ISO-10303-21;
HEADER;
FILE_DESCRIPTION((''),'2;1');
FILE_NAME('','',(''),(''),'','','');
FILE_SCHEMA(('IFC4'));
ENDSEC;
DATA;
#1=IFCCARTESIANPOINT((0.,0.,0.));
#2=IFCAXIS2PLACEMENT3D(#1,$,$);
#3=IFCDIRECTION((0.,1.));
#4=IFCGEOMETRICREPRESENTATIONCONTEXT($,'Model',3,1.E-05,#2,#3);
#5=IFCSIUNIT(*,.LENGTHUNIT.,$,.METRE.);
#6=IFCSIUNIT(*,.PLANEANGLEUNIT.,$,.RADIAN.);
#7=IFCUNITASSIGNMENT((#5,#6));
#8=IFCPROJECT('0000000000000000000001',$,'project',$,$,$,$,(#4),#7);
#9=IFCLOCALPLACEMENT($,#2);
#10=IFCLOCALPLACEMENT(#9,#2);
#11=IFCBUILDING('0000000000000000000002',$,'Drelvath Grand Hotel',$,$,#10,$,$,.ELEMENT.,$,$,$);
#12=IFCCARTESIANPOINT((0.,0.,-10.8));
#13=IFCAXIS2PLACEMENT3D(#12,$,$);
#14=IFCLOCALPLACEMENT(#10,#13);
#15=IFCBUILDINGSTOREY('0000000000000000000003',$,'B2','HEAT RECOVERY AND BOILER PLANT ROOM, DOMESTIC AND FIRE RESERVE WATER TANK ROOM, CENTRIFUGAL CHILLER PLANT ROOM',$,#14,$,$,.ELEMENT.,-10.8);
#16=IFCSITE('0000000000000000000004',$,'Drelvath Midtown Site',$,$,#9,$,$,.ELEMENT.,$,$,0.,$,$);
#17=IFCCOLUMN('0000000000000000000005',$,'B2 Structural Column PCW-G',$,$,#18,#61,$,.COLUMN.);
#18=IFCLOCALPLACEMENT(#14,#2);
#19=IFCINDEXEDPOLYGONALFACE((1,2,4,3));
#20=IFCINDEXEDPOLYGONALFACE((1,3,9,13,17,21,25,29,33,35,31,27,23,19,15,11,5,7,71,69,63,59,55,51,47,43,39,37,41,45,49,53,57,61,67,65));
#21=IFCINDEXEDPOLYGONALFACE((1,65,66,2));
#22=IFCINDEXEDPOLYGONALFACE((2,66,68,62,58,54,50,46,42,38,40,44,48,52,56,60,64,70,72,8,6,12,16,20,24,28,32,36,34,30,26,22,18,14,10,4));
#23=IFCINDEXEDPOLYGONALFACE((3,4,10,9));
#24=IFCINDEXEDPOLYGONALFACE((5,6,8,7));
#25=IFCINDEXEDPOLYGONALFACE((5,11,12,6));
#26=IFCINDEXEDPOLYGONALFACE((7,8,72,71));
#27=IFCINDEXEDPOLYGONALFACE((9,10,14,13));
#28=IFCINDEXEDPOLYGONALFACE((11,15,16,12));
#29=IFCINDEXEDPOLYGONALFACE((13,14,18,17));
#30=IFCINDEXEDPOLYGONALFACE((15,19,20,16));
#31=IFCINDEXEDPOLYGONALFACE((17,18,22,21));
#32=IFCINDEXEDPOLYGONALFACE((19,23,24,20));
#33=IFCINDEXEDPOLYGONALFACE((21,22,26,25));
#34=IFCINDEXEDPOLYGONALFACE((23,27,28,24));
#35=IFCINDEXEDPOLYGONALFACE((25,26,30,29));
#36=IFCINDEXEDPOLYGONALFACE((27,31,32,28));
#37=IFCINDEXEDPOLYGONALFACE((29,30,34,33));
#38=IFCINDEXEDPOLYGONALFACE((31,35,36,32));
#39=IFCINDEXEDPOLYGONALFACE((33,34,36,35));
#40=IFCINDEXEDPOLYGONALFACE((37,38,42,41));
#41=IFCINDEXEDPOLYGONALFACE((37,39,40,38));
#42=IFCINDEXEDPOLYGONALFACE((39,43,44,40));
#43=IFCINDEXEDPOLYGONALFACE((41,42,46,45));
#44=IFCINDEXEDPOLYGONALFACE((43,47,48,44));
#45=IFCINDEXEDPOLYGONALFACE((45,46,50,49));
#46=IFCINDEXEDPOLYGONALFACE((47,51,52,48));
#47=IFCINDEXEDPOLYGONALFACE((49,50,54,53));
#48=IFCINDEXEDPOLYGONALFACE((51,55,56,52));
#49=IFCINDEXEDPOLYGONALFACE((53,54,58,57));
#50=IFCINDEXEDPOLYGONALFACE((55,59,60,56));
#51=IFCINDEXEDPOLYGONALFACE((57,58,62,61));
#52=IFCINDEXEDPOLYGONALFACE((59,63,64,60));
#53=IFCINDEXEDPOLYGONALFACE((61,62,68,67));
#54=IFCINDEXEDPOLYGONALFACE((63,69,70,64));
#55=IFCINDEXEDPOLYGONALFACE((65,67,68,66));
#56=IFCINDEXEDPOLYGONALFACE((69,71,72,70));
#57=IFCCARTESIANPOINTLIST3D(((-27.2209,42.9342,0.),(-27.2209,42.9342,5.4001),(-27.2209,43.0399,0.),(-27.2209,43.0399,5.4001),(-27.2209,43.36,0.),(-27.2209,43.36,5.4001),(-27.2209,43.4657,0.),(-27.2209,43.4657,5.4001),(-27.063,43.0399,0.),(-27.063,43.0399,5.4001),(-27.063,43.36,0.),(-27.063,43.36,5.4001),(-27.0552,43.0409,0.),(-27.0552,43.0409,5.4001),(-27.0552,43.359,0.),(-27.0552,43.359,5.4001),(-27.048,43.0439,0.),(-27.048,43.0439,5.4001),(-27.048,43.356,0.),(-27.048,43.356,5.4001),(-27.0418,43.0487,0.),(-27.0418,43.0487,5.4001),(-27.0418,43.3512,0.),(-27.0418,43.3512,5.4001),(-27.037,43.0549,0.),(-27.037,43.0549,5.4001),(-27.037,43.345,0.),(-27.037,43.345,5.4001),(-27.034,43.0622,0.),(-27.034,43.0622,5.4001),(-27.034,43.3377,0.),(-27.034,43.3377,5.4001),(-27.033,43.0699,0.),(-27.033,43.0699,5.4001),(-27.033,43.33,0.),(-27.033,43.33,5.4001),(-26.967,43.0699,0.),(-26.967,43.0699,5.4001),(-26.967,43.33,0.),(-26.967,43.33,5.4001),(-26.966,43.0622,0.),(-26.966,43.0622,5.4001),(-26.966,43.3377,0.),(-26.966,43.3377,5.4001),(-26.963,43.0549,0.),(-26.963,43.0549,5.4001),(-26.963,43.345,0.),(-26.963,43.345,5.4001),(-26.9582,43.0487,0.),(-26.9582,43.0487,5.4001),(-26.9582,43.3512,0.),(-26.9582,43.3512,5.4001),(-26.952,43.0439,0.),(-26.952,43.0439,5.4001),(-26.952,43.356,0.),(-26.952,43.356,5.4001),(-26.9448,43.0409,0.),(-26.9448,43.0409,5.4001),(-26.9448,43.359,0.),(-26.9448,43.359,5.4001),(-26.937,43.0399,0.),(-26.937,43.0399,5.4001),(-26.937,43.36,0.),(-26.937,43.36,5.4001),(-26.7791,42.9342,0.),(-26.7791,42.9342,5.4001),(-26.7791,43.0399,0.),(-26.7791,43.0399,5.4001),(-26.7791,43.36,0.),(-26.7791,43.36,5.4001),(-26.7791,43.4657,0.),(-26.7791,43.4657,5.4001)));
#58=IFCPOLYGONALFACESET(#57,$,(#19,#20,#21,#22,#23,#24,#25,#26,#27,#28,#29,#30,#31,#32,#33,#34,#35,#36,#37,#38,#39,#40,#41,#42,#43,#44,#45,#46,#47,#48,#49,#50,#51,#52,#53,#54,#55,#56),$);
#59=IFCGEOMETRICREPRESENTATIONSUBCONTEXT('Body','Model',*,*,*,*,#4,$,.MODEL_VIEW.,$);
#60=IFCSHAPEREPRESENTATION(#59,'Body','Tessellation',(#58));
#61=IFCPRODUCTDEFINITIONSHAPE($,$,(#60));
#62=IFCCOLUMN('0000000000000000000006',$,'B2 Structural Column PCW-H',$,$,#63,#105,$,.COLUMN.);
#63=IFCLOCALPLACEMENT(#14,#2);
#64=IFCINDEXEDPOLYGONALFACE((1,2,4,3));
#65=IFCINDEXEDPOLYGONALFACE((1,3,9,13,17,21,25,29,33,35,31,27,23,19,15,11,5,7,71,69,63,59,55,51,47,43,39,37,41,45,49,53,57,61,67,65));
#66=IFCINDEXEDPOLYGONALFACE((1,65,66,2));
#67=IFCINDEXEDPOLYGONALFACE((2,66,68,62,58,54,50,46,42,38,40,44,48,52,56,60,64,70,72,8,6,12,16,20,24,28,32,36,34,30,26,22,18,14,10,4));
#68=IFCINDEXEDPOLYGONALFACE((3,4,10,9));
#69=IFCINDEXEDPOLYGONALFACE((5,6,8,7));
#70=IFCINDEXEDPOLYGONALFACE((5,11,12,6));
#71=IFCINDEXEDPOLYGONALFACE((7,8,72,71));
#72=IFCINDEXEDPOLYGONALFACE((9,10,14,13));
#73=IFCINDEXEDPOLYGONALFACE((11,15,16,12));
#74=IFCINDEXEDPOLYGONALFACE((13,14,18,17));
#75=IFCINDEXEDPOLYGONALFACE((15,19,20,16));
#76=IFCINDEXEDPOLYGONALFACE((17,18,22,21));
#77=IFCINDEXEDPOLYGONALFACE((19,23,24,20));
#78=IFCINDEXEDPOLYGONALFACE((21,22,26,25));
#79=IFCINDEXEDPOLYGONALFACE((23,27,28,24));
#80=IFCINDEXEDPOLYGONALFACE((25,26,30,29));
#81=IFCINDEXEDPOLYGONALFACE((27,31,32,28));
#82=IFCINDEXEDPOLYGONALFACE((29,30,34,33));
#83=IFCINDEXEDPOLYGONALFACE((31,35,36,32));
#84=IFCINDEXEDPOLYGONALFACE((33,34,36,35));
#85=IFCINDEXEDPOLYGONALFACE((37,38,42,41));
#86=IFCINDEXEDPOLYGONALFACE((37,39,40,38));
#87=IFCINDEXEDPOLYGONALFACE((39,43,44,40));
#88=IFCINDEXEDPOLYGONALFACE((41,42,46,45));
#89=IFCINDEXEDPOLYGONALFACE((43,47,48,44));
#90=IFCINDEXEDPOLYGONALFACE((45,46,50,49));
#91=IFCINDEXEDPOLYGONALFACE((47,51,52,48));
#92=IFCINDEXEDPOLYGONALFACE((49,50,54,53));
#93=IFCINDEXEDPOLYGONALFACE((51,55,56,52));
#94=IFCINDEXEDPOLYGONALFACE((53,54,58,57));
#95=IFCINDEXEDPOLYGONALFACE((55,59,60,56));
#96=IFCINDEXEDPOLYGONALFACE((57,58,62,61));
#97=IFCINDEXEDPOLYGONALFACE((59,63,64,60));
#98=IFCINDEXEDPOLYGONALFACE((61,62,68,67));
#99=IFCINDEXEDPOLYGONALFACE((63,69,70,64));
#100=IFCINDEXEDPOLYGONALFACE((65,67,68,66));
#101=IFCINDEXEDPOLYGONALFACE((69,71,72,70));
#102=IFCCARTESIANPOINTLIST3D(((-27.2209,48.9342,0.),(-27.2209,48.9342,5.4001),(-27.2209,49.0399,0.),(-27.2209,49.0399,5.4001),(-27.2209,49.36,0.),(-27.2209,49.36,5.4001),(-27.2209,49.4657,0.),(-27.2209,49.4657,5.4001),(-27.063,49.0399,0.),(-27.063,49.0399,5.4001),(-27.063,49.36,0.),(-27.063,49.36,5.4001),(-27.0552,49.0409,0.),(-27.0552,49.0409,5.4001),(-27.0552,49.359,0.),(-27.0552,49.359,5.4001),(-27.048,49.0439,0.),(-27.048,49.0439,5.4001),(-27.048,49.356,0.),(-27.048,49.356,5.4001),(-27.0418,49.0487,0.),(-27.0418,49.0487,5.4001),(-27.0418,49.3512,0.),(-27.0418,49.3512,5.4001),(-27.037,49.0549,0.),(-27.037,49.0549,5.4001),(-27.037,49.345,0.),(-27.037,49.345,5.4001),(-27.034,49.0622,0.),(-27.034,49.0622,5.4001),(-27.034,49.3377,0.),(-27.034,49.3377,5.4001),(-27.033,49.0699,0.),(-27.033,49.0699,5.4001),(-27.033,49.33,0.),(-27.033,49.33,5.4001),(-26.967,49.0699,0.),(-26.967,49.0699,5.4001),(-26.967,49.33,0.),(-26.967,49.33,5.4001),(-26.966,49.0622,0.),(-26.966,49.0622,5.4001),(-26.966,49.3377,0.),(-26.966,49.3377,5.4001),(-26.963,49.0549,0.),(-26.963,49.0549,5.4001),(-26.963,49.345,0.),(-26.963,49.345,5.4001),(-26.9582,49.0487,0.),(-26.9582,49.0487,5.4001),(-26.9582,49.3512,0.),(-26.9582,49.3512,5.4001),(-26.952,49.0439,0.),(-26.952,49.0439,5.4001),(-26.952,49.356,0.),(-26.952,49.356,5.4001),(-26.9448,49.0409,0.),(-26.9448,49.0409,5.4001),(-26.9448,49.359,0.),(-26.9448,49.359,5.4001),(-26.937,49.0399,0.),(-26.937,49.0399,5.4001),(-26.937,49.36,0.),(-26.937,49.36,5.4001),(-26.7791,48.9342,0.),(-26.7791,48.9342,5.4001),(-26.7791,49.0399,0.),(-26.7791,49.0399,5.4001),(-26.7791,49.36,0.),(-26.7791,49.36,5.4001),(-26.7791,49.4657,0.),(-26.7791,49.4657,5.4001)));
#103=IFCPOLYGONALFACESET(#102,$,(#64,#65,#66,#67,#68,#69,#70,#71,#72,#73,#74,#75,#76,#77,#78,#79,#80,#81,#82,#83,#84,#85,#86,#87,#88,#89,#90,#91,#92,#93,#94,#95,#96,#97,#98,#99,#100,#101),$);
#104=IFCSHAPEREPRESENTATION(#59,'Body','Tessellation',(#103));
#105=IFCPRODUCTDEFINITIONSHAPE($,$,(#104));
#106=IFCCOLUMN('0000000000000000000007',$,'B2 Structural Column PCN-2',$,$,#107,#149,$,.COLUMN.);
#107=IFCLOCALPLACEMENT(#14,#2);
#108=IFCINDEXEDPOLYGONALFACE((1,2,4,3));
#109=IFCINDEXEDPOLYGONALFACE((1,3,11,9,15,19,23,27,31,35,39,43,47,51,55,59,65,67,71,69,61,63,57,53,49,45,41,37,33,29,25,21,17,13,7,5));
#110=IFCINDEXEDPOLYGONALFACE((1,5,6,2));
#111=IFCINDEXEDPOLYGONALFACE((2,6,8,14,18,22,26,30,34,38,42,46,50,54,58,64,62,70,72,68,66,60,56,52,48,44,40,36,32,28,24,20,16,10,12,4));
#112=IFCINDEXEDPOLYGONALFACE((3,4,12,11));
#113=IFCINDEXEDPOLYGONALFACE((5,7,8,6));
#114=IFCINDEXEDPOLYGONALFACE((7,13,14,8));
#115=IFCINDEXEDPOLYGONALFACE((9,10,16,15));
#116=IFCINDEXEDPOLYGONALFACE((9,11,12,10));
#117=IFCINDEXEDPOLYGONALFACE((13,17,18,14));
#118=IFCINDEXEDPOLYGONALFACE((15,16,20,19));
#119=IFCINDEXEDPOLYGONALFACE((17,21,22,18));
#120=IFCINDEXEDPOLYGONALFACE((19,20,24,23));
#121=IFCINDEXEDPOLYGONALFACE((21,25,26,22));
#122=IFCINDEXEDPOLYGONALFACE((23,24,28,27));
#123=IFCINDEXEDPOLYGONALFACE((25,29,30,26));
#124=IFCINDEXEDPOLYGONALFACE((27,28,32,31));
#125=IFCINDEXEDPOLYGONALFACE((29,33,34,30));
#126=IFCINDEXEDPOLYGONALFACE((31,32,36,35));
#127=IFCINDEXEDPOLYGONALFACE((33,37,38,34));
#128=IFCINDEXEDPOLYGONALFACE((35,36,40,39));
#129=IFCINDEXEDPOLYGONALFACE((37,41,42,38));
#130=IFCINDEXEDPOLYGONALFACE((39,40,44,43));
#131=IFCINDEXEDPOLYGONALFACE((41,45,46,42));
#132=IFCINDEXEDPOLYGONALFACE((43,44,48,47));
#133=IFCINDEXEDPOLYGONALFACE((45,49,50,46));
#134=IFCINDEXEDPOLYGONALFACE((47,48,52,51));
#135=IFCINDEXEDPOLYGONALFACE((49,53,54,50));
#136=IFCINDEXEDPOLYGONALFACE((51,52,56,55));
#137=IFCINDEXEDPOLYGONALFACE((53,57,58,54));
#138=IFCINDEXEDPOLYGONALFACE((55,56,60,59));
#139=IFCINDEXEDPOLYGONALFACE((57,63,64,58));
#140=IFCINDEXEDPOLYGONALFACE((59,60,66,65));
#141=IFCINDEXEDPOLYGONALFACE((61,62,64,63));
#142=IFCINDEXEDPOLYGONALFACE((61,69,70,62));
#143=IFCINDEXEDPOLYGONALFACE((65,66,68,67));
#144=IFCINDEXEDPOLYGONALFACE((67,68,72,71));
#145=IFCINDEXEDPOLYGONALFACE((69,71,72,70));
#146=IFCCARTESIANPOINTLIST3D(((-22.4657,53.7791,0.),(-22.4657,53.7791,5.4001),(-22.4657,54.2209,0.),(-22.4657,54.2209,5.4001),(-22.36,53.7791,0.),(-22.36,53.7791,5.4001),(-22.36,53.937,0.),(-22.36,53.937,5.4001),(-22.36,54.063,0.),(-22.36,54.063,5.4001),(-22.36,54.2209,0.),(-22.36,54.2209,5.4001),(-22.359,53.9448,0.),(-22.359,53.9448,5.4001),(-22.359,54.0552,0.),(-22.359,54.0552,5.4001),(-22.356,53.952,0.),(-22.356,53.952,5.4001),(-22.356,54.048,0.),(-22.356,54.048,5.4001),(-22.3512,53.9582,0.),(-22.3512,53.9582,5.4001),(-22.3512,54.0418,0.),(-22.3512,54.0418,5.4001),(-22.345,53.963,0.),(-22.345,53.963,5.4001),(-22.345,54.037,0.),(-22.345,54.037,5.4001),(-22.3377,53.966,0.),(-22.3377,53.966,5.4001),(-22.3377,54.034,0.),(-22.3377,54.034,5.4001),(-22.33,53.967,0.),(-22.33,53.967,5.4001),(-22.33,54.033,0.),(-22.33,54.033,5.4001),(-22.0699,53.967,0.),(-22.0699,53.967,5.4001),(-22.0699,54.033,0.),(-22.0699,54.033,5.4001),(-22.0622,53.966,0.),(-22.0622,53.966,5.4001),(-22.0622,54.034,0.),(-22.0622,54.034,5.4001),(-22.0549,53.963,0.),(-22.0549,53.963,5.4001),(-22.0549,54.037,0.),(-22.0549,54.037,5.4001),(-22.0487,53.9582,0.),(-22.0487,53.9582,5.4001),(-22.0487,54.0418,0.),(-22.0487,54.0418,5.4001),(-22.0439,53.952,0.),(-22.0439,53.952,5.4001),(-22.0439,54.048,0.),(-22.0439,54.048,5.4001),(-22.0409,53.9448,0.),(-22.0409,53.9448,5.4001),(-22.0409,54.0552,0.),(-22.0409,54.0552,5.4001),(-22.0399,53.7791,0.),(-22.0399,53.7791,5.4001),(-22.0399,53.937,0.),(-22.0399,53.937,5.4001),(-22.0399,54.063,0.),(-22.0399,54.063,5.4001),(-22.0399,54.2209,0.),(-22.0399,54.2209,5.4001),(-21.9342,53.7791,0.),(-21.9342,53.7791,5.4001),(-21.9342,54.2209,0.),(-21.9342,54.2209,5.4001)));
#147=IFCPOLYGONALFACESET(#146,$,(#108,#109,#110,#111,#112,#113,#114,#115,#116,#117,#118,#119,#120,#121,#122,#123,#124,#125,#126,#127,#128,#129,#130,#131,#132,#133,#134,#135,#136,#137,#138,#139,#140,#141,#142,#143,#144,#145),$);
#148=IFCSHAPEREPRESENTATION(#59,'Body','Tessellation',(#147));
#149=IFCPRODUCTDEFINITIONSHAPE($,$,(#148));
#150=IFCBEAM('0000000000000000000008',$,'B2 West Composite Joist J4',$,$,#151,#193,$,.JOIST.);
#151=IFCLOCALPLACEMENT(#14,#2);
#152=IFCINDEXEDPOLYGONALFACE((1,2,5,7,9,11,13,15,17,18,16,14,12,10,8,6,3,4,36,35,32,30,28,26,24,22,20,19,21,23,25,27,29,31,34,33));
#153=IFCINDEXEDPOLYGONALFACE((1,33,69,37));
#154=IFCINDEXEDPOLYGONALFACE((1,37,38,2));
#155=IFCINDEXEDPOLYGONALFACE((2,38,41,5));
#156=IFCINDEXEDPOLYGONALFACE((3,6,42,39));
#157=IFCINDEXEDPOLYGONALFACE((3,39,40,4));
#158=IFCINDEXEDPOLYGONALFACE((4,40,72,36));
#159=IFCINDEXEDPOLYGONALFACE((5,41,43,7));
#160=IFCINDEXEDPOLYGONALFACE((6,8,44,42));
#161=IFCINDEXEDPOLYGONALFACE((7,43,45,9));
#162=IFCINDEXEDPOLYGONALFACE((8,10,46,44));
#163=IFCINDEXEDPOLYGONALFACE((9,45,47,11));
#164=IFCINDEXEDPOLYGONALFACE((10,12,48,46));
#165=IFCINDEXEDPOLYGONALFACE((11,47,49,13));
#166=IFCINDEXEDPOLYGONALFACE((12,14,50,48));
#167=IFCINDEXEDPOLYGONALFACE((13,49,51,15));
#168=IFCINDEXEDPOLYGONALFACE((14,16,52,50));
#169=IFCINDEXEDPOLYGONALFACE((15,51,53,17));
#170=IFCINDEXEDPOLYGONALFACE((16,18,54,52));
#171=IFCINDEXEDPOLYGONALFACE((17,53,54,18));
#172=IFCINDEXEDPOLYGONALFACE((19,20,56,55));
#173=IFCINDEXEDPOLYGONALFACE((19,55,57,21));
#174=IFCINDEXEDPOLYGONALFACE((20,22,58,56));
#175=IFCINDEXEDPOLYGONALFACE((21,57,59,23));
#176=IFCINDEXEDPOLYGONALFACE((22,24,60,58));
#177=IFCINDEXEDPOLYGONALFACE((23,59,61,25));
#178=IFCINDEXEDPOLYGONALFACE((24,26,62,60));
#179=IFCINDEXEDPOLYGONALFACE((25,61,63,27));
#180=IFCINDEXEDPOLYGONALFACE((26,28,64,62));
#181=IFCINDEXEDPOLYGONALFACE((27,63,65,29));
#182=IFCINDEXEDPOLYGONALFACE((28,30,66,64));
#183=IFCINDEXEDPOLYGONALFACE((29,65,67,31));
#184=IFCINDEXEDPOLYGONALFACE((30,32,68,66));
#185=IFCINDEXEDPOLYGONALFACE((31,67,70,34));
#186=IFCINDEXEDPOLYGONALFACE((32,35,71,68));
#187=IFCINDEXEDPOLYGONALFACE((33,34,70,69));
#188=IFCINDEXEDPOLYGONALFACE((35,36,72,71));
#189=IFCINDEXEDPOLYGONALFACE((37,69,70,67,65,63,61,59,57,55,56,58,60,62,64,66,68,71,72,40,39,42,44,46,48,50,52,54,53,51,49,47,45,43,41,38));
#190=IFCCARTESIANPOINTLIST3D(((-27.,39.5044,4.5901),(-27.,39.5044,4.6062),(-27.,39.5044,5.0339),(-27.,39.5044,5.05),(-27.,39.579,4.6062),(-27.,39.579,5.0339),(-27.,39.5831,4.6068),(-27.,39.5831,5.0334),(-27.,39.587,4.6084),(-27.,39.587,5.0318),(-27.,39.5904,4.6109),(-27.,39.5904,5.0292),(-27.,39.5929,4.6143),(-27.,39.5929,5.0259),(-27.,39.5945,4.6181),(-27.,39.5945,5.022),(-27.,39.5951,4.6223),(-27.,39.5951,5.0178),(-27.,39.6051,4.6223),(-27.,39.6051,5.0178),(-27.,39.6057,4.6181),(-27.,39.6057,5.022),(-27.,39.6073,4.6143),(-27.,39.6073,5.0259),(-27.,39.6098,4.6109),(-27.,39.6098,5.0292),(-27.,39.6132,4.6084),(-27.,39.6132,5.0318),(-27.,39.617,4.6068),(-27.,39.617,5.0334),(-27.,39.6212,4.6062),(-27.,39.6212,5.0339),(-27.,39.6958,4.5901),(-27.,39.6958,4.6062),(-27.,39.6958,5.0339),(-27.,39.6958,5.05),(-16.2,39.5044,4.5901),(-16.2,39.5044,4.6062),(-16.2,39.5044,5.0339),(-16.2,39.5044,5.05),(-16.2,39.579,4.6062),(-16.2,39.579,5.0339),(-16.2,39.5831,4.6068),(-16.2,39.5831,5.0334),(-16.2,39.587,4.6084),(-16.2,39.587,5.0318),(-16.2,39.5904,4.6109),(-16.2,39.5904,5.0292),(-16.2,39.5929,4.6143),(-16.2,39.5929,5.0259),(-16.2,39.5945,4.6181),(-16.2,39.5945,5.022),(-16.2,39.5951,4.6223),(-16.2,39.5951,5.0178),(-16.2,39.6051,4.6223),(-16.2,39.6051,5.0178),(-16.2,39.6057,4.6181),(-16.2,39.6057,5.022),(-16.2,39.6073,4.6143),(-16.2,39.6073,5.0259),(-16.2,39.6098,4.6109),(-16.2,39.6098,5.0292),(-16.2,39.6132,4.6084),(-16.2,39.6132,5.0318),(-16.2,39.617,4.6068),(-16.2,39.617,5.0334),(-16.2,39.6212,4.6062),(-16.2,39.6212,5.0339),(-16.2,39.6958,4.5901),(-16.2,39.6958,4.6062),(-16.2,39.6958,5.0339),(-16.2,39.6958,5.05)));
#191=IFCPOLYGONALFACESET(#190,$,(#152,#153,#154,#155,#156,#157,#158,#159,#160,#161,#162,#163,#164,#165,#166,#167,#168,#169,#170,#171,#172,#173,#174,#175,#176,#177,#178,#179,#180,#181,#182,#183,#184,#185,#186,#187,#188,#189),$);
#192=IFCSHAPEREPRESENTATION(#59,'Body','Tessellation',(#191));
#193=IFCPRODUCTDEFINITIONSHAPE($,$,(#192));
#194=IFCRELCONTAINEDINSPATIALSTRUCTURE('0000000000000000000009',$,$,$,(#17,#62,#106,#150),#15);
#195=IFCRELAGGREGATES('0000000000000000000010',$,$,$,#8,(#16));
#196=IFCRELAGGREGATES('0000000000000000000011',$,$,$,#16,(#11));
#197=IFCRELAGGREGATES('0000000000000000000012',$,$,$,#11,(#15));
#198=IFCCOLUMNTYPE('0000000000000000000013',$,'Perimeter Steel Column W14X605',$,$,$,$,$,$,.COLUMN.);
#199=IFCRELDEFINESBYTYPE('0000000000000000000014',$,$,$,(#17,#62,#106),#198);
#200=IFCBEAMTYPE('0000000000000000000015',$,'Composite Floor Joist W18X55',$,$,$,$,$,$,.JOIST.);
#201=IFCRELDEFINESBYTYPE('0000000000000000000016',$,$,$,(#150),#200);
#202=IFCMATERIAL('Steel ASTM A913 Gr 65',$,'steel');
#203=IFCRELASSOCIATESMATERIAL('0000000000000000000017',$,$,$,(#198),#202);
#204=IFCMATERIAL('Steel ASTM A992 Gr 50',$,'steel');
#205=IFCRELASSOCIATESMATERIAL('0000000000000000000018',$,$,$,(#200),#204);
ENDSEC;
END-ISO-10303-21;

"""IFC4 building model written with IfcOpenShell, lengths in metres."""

from ifc_helpers import new_model, si_unit, direction, frame, origin, origin_2d, place, context, subcontext, project, spatial, i_section, extrude, material, material_profile, profile_set, type_object, element, save


model = new_model("IFC4")

# Units and contexts
model_context = context("Model", 3, precision=1e-05, world=origin(), true_north=direction((0.0, 1.0)))
body_context = subcontext(model_context, "Body", "Model", "MODEL_VIEW")
ifc_project = project(units=[si_unit("LENGTHUNIT", "METRE"), si_unit("PLANEANGLEUNIT", "RADIAN")], contexts=[model_context])

# Site, building, storey
site_placement = place(None, origin())
site = spatial("IfcSite", under=ifc_project, at=site_placement, Name="Drelvath Midtown Site", CompositionType="ELEMENT", RefElevation=0.0)
building_placement = place(site_placement, origin())
building = spatial("IfcBuilding", under=site, at=building_placement, Name="Drelvath Grand Hotel", CompositionType="ELEMENT")
storey_placement = place(building_placement, frame((0.0, 0.0, -10.8)))
storey = spatial("IfcBuildingStorey", under=building, at=storey_placement, Name="B2", Description="HEAT RECOVERY AND BOILER PLANT ROOM, DOMESTIC AND FIRE RESERVE WATER TANK ROOM, CENTRIFUGAL CHILLER PLANT ROOM", CompositionType="ELEMENT", Elevation=-10.8)

# Columns
ifc_material_1 = material(Name="Steel ASTM A913 Gr 65", Category="steel")
ifc_material_profile_1 = material_profile(ifc_material_1, i_section(OverallWidth=0.4419, OverallDepth=0.5315, WebThickness=0.0659, FlangeThickness=0.1057, FilletRadius=0.03, at=origin_2d()), Name="W14X605")
ifc_profile_set_1 = profile_set([ifc_material_profile_1], Name="Steel ASTM A913 Gr 65")
column_type = type_object("IfcColumnType", Name="Perimeter Steel Column W14X605", PredefinedType="COLUMN", material=ifc_profile_set_1)
for number, where, z_axis, x_axis, name in (
    (1, (-27.0, 43.2, 0.0), (0.0, 0.0, 1.0), (1.0, 0.0, 0.0), "B2 Structural Column PCW-G"),
    (2, (-27.0, 49.2, 0.0), (0.0, 0.0, 1.0), (1.0, 0.0, 0.0), "B2 Structural Column PCW-H"),
    (3, (-22.2, 54.0, 0.0), (0.0, 0.0, 1.0), (0.0, 1.0, 0.0), "B2 Structural Column PCN-2"),
):
    element("IfcColumn", number, at=place(storey_placement, frame(where, z_axis=z_axis, x_axis=x_axis)), inside=storey, type_object=column_type, Name=name, PredefinedType="COLUMN", context=body_context, shape_type="SweptSolid", body=[
        extrude(i_section(OverallWidth=0.4419, OverallDepth=0.5315, WebThickness=0.0659, FlangeThickness=0.1057, FilletRadius=0.03, at=origin_2d()), origin(), (0.0, 0.0, 1.0), 5.4001),
    ])

# Beam
ifc_material_2 = material(Name="Steel ASTM A992 Gr 50", Category="steel")
ifc_material_profile_2 = material_profile(ifc_material_2, i_section(OverallWidth=0.1914, OverallDepth=0.46, WebThickness=0.01, FlangeThickness=0.0161, FilletRadius=0.0161, at=origin_2d()), Name="W18X55")
ifc_profile_set_2 = profile_set([ifc_material_profile_2], Name="Steel ASTM A992 Gr 50")
beam_type_1 = type_object("IfcBeamType", Name="Composite Floor Joist W18X55", PredefinedType="JOIST", material=ifc_profile_set_2)
beam_1_placement = place(storey_placement, frame((-27.0, 39.6001, 4.8201), z_axis=(1.0, 0.0, 0.0), x_axis=(0.0, 1.0, 0.0)))
element("IfcBeam", 4, at=beam_1_placement, inside=storey, type_object=beam_type_1, Name="B2 West Composite Joist J4", PredefinedType="JOIST", context=body_context, shape_type="SweptSolid", body=[
    extrude(i_section(OverallWidth=0.1914, OverallDepth=0.46, WebThickness=0.01, FlangeThickness=0.0161, FilletRadius=0.0161, at=origin_2d()), origin(), (0.0, 0.0, 1.0), 10.8),
])

save(model, "model.ifc")
